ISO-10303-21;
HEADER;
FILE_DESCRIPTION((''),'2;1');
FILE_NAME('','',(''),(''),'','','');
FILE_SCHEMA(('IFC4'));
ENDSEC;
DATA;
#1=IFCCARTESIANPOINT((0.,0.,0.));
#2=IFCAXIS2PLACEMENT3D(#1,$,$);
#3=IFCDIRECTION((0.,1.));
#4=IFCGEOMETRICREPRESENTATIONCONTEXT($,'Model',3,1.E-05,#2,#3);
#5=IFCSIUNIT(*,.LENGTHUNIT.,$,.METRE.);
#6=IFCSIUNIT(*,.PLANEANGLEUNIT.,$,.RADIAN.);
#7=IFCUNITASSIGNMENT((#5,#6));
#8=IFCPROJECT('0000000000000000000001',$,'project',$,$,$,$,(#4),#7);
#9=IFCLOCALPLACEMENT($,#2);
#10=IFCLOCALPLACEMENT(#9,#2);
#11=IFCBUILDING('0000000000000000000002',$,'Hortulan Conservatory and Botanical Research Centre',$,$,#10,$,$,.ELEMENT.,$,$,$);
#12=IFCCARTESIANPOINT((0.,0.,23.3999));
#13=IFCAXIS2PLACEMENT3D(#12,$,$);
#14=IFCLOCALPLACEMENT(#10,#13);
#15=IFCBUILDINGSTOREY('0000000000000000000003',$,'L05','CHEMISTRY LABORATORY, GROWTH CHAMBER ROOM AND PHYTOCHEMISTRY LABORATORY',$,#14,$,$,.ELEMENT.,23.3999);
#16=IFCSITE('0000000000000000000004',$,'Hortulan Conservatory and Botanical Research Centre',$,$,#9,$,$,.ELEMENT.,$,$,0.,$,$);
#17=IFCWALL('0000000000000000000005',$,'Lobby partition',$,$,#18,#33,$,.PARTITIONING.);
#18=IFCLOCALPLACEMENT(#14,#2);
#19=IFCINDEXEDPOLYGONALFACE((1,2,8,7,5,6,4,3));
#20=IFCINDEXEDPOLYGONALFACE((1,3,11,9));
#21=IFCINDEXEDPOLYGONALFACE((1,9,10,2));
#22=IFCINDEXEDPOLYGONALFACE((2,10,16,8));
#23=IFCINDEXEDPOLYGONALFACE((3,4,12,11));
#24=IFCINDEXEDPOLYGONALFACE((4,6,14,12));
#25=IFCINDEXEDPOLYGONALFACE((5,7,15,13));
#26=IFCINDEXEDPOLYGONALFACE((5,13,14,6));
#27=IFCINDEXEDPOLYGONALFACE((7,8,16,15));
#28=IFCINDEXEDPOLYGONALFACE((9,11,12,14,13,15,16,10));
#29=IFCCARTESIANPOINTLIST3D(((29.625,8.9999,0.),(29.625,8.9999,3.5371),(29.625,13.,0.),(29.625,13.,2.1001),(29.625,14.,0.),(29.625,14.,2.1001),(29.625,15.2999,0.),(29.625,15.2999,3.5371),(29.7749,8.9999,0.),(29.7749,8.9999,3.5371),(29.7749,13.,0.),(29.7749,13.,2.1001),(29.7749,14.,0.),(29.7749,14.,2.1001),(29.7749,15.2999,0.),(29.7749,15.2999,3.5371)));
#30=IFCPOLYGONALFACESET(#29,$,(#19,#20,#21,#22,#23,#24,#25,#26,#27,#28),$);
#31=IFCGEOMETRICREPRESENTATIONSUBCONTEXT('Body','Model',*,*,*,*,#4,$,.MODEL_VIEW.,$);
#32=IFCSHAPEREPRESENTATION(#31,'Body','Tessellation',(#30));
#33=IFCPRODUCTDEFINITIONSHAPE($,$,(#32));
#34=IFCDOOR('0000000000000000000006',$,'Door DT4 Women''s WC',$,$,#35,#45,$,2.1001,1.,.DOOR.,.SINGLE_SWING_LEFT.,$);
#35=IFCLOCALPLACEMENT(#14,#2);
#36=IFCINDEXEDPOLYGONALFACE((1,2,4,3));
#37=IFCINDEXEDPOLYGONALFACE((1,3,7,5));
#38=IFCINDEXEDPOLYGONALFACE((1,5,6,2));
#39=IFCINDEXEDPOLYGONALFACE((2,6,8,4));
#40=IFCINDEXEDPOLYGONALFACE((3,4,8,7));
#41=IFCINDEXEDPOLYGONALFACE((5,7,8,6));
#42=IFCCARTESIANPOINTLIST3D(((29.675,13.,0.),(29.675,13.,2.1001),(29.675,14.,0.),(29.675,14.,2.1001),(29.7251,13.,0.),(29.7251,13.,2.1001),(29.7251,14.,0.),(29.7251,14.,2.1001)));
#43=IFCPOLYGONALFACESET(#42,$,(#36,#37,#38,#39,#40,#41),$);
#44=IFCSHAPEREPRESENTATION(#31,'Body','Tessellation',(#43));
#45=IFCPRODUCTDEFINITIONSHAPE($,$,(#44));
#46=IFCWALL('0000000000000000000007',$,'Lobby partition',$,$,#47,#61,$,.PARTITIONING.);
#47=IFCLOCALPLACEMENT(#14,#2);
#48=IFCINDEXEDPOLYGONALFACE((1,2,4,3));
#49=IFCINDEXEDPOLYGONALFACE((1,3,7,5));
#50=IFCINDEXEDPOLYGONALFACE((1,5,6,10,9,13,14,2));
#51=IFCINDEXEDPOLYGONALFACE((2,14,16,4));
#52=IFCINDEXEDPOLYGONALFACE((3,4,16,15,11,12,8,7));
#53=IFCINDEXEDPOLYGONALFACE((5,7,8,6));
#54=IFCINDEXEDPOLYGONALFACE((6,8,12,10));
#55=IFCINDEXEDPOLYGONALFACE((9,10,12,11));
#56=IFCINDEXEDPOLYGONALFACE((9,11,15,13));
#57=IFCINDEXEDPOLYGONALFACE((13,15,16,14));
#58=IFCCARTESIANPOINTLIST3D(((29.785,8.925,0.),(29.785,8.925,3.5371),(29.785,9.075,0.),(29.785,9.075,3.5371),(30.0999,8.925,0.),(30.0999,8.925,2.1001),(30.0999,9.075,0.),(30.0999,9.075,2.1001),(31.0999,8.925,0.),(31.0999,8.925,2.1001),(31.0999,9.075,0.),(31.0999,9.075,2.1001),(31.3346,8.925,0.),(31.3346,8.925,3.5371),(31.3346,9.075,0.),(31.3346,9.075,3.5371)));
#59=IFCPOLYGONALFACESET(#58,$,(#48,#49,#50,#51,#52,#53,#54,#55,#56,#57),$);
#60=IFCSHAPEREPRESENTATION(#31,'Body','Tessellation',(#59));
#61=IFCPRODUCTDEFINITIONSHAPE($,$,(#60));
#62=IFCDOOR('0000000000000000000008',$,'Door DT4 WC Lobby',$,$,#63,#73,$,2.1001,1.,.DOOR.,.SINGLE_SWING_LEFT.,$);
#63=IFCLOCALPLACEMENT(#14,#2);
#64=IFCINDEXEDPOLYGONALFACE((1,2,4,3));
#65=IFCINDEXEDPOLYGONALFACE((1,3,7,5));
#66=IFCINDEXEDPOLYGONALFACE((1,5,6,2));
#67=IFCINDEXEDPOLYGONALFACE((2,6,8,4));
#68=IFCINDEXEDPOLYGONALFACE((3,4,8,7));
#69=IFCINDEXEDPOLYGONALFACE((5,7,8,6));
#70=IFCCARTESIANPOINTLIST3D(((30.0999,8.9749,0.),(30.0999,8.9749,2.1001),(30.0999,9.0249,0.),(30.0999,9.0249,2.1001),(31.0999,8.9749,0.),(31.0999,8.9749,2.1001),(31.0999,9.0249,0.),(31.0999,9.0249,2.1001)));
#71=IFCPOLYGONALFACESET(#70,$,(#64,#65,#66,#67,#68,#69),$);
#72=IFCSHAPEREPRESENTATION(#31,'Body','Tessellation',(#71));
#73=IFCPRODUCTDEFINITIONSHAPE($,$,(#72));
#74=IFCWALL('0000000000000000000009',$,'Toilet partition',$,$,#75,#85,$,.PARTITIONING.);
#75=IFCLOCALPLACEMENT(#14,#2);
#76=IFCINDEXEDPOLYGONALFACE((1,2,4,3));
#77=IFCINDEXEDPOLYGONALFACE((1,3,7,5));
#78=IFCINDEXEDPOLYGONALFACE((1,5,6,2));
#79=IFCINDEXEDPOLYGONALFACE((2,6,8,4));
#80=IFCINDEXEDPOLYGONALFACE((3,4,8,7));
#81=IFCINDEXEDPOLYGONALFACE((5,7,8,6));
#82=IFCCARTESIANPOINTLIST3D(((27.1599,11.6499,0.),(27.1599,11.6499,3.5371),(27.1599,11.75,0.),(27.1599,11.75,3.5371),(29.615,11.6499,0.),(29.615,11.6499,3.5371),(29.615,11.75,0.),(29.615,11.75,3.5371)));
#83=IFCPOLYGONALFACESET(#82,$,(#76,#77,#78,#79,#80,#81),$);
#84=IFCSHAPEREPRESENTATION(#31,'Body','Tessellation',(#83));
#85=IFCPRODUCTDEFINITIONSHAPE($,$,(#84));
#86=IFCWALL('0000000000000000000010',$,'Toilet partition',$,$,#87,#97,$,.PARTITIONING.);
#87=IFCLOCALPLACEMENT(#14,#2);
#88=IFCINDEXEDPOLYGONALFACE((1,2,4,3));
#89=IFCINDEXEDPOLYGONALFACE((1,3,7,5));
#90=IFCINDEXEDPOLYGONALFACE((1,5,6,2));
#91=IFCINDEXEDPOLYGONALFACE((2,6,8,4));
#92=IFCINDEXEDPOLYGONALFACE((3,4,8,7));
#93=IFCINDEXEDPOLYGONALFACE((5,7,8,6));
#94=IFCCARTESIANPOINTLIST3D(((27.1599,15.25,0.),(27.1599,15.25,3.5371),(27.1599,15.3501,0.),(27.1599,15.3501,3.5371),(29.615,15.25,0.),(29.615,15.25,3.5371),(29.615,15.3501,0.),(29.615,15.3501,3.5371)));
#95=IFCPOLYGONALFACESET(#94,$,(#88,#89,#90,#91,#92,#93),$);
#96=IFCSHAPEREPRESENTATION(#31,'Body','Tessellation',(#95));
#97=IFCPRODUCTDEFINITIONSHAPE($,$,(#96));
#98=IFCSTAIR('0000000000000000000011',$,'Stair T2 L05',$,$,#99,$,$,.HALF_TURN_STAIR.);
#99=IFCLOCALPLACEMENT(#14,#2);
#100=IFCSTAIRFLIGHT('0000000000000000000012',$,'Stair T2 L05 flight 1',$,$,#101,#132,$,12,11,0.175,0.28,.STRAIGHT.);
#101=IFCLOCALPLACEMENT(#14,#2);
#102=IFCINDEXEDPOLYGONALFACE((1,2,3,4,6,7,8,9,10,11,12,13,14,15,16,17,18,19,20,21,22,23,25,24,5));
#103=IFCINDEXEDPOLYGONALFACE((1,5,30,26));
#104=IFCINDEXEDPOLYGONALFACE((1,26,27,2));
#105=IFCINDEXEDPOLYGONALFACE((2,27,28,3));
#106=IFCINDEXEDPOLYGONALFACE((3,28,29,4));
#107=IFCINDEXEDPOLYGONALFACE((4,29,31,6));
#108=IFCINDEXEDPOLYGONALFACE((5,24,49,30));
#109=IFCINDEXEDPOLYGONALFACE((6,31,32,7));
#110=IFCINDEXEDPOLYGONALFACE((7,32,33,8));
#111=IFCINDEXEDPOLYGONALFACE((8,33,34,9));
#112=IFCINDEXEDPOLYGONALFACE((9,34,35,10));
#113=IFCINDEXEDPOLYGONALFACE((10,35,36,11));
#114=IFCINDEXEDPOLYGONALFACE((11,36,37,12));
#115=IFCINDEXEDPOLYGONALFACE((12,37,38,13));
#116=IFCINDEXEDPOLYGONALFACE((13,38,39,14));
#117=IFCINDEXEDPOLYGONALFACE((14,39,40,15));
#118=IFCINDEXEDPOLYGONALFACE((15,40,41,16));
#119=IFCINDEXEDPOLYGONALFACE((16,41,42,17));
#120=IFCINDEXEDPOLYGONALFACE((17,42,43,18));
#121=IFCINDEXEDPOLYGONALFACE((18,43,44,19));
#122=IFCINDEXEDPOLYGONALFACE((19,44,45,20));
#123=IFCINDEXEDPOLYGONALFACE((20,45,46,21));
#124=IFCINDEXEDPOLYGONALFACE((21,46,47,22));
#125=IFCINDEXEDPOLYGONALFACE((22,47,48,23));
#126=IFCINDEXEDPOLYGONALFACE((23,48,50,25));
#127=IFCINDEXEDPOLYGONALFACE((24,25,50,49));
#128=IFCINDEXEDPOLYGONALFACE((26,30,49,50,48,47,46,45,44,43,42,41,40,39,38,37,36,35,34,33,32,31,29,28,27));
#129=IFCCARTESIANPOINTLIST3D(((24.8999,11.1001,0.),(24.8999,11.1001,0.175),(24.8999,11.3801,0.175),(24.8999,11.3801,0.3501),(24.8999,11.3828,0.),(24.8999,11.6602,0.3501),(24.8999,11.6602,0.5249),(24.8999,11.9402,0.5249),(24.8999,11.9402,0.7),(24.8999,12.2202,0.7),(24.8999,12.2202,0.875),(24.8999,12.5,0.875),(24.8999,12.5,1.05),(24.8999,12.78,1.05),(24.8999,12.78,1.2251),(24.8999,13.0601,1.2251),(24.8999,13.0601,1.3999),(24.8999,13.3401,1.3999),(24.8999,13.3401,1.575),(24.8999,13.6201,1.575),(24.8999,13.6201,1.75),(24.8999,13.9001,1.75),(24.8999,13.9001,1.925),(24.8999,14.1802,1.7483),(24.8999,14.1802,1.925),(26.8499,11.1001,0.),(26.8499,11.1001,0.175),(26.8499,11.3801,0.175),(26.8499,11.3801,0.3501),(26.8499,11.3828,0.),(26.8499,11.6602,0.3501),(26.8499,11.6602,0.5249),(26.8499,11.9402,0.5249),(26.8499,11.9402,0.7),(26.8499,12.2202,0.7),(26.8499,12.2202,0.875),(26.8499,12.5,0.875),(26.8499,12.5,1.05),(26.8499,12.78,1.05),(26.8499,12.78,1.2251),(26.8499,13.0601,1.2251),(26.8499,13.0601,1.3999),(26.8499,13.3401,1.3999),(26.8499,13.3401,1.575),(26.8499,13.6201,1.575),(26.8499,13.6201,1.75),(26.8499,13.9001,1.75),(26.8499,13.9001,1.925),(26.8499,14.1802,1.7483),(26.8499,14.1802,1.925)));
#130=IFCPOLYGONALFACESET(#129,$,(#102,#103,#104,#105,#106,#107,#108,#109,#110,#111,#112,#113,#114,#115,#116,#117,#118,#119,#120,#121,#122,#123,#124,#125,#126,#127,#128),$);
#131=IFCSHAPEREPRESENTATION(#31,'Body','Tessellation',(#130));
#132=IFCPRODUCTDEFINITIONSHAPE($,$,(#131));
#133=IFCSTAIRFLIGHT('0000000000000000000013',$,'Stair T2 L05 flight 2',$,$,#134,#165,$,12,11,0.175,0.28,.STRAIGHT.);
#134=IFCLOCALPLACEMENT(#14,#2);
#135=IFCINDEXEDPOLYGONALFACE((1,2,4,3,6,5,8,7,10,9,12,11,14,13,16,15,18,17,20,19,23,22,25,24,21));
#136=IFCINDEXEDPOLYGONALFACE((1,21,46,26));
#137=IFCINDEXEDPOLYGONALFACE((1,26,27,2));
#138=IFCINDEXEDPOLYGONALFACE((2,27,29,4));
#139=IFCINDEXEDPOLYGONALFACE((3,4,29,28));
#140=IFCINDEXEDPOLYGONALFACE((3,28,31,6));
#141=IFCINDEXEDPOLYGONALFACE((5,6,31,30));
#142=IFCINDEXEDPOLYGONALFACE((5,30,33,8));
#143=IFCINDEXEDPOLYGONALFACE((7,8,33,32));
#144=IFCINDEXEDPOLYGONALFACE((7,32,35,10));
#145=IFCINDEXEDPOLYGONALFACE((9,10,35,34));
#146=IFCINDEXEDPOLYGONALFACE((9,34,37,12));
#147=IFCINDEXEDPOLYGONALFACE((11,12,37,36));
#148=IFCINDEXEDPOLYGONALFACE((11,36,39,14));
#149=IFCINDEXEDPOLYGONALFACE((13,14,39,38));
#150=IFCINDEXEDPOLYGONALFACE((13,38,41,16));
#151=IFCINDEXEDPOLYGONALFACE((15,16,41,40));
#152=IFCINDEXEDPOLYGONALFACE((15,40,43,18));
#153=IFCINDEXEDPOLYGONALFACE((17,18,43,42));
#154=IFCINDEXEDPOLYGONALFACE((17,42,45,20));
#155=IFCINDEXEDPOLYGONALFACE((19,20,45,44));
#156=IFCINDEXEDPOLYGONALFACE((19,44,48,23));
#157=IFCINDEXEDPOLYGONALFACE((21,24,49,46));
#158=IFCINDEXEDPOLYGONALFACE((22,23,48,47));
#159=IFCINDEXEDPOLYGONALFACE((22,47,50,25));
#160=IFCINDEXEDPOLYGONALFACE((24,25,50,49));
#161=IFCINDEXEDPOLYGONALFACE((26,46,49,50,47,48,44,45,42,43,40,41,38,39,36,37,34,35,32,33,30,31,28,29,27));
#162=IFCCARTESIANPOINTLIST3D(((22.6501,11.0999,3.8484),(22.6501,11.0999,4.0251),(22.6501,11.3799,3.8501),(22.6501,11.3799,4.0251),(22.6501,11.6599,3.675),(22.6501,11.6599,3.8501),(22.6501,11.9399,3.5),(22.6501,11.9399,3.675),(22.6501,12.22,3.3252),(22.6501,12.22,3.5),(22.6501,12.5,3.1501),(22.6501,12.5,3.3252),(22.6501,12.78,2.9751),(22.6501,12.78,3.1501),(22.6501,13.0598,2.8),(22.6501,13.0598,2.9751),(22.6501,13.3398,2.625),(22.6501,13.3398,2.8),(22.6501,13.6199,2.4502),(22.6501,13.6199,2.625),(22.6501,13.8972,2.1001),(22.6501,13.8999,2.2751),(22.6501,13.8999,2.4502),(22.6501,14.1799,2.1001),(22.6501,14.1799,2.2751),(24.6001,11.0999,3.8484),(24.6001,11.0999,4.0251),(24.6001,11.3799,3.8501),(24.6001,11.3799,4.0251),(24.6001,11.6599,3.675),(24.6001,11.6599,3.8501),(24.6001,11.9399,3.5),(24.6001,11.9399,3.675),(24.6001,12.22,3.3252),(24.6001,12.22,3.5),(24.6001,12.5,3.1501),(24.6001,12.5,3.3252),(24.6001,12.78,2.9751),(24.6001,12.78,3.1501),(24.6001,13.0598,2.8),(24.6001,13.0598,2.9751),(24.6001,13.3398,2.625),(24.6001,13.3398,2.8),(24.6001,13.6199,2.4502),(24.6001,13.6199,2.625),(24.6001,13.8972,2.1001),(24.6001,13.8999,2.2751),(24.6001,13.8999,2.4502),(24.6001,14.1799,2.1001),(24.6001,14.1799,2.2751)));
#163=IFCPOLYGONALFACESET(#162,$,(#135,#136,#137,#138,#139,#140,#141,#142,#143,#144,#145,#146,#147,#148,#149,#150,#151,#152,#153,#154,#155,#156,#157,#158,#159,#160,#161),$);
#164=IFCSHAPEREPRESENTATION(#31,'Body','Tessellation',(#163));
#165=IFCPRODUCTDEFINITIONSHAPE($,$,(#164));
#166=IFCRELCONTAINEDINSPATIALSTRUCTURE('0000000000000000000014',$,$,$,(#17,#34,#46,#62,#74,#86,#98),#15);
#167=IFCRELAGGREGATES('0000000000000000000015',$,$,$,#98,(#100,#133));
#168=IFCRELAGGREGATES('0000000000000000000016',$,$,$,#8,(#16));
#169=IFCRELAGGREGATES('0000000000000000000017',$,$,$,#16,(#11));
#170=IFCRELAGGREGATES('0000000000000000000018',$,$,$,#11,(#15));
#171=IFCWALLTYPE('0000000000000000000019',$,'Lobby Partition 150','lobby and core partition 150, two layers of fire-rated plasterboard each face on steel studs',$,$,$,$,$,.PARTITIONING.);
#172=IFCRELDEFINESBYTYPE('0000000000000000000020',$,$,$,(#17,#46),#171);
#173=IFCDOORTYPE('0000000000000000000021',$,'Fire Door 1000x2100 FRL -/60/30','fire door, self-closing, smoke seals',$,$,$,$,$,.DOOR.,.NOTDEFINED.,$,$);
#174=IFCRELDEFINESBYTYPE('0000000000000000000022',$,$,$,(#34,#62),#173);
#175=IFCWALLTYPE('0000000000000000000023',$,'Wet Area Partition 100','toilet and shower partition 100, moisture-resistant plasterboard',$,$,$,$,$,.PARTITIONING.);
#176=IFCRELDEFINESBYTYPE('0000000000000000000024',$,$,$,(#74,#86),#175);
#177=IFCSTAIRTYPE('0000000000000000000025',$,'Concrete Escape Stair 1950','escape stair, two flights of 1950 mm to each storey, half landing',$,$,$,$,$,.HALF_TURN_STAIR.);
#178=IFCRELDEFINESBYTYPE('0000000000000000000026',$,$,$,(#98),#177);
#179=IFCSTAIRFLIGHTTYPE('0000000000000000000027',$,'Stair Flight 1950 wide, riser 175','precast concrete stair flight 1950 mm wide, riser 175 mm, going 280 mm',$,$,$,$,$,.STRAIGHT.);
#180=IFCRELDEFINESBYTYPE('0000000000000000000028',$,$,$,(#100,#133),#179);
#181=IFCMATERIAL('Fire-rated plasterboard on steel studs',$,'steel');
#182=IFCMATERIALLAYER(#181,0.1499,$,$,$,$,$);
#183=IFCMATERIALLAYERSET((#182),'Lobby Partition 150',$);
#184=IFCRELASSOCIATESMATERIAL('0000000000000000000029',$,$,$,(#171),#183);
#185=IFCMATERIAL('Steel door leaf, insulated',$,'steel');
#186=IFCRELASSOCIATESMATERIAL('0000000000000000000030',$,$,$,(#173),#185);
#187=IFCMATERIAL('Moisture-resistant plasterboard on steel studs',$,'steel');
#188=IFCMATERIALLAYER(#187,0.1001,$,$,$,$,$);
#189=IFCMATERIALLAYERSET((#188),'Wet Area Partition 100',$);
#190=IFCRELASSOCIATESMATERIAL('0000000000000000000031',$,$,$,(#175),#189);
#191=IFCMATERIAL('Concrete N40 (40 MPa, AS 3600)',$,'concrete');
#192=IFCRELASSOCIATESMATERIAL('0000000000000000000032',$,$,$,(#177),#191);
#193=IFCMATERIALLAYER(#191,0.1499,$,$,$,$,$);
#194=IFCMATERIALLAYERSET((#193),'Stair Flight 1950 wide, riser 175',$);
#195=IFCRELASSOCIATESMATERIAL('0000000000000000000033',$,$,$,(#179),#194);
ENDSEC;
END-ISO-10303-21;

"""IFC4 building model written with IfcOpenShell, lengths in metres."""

from ifc_helpers import new_model, si_unit, direction, frame, frame_2d, origin, place, context, subcontext, project, spatial, polyline, rectangle, outline, extrude, material, layer, layer_set, type_object, element, fill, aggregate, save


model = new_model("IFC4")

# Units and contexts
model_context = context("Model", 3, precision=1e-05, world=origin(), true_north=direction((0.0, 1.0)))
body_context = subcontext(model_context, "Body", "Model", "MODEL_VIEW")
ifc_project = project(units=[si_unit("LENGTHUNIT", "METRE"), si_unit("PLANEANGLEUNIT", "RADIAN")], contexts=[model_context])

# Site, building, storey
site_placement = place(None, origin())
site = spatial("IfcSite", under=ifc_project, at=site_placement, Name="Hortulan Conservatory and Botanical Research Centre", CompositionType="ELEMENT", RefElevation=0.0)
building_placement = place(site_placement, origin())
building = spatial("IfcBuilding", under=site, at=building_placement, Name="Hortulan Conservatory and Botanical Research Centre", CompositionType="ELEMENT")
storey_placement = place(building_placement, frame((0.0, 0.0, 23.3999)))
storey = spatial("IfcBuildingStorey", under=building, at=storey_placement, Name="L05", Description="CHEMISTRY LABORATORY, GROWTH CHAMBER ROOM AND PHYTOCHEMISTRY LABORATORY", CompositionType="ELEMENT", Elevation=23.3999)

# Shared definitions
ifc_material_1 = material(Name="Steel door leaf, insulated", Category="steel")

# Walls, openings, doors
ifc_material_2 = material(Name="Fire-rated plasterboard on steel studs", Category="steel")
ifc_layer_1 = layer(ifc_material_2, 0.1499)
ifc_layer_set_1 = layer_set([ifc_layer_1], Name="Lobby Partition 150")
wall_type_1 = type_object("IfcWallType", Name="Lobby Partition 150", Description="lobby and core partition 150, two layers of fire-rated plasterboard each face on steel studs", PredefinedType="PARTITIONING", material=ifc_layer_set_1)
wall_1_placement = place(storey_placement, frame((29.7, 9.0, 0.0), z_axis=(0.0, 0.0, 1.0), x_axis=(0.0, 1.0, 0.0)))
wall_1 = element("IfcWall", 1, at=wall_1_placement, inside=storey, type_object=wall_type_1, Name="Lobby partition", PredefinedType="PARTITIONING", context=body_context, shape_type="SweptSolid", body=[
    extrude(rectangle(XDim=6.3, YDim=0.1499, at=frame_2d((3.1499, 0.0))), origin(), (0.0, 0.0, 1.0), 3.5371),
])
opening_1_placement = place(wall_1_placement, frame((4.0, 0.0, 0.0)))
opening_1 = element("IfcOpeningElement", 2, at=opening_1_placement, cuts=wall_1, PredefinedType="OPENING", context=body_context, shape_type="SweptSolid", body=[
    extrude(rectangle(XDim=1.0, YDim=2.1001, at=frame_2d((0.5, 1.05))), frame((0.0, 0.085, 0.0), z_axis=(0.0, -1.0, 0.0), x_axis=(1.0, 0.0, 0.0)), (0.0, 0.0, 1.0), 0.1699),
])
door_type_1 = type_object("IfcDoorType", Name="Fire Door 1000x2100 FRL -/60/30", Description="fire door, self-closing, smoke seals", OperationType="NOTDEFINED", PredefinedType="DOOR", material=ifc_material_1)
door_1_placement = place(opening_1_placement, origin())
door_1 = element("IfcDoor", 3, at=door_1_placement, inside=storey, type_object=door_type_1, Name="Door DT4 Women's WC", OperationType="SINGLE_SWING_LEFT", OverallHeight=2.1001, OverallWidth=1.0, PredefinedType="DOOR", context=body_context, shape_type="SweptSolid", body=[
    extrude(rectangle(XDim=1.0, YDim=2.1001, at=frame_2d((0.5, 1.05))), frame((0.0, 0.0249, 0.0), z_axis=(0.0, -1.0, 0.0), x_axis=(1.0, 0.0, 0.0)), (0.0, 0.0, 1.0), 0.05),
])
fill(opening_1, door_1)
wall_2_placement = place(storey_placement, frame((29.7849, 9.0, 0.0), z_axis=(0.0, 0.0, 1.0), x_axis=(1.0, 0.0, 0.0)))
wall_2 = element("IfcWall", 4, at=wall_2_placement, inside=storey, type_object=wall_type_1, Name="Lobby partition", PredefinedType="PARTITIONING", context=body_context, shape_type="SweptSolid", body=[
    extrude(rectangle(XDim=1.5496, YDim=0.1499, at=frame_2d((0.7749, 0.0))), origin(), (0.0, 0.0, 1.0), 3.5371),
])
opening_2_placement = place(wall_2_placement, frame((0.3149, 0.0, 0.0)))
opening_2 = element("IfcOpeningElement", 5, at=opening_2_placement, cuts=wall_2, PredefinedType="OPENING", context=body_context, shape_type="SweptSolid", body=[
    extrude(rectangle(XDim=1.0, YDim=2.1001, at=frame_2d((0.5, 1.05))), frame((0.0, 0.085, 0.0), z_axis=(0.0, -1.0, 0.0), x_axis=(1.0, 0.0, 0.0)), (0.0, 0.0, 1.0), 0.1699),
])
door_2_placement = place(opening_2_placement, origin())
door_2 = element("IfcDoor", 6, at=door_2_placement, inside=storey, type_object=door_type_1, Name="Door DT4 WC Lobby", OperationType="SINGLE_SWING_LEFT", OverallHeight=2.1001, OverallWidth=1.0, PredefinedType="DOOR", context=body_context, shape_type="SweptSolid", body=[
    extrude(rectangle(XDim=1.0, YDim=2.1001, at=frame_2d((0.5, 1.05))), frame((0.0, 0.0249, 0.0), z_axis=(0.0, -1.0, 0.0), x_axis=(1.0, 0.0, 0.0)), (0.0, 0.0, 1.0), 0.05),
])
fill(opening_2, door_2)

# Walls
ifc_material_3 = material(Name="Moisture-resistant plasterboard on steel studs", Category="steel")
ifc_layer_2 = layer(ifc_material_3, 0.1001)
ifc_layer_set_2 = layer_set([ifc_layer_2], Name="Wet Area Partition 100")
wall_type_2 = type_object("IfcWallType", Name="Wet Area Partition 100", Description="toilet and shower partition 100, moisture-resistant plasterboard", PredefinedType="PARTITIONING", material=ifc_layer_set_2)
for number, where, z_axis, x_axis, name in (
    (7, (27.1599, 11.7, 0.0), (0.0, 0.0, 1.0), (1.0, 0.0, 0.0), "Toilet partition"),
    (8, (27.1599, 15.3, 0.0), (0.0, 0.0, 1.0), (1.0, 0.0, 0.0), "Toilet partition"),
):
    element("IfcWall", number, at=place(storey_placement, frame(where, z_axis=z_axis, x_axis=x_axis)), inside=storey, type_object=wall_type_2, Name=name, PredefinedType="PARTITIONING", context=body_context, shape_type="SweptSolid", body=[
        extrude(rectangle(XDim=2.4551, YDim=0.1001, at=frame_2d((1.2275, 0.0))), origin(), (0.0, 0.0, 1.0), 3.5371),
    ])

# Stair, stair flights
ifc_material_4 = material(Name="Concrete N40 (40 MPa, AS 3600)", Category="concrete")
stair_type = type_object("IfcStairType", Name="Concrete Escape Stair 1950", Description="escape stair, two flights of 1950 mm to each storey, half landing", PredefinedType="HALF_TURN_STAIR", material=ifc_material_4)
stair_placement = place(storey_placement, origin())
stair = element("IfcStair", 9, at=stair_placement, inside=storey, type_object=stair_type, Name="Stair T2 L05", PredefinedType="HALF_TURN_STAIR")
ifc_layer_3 = layer(ifc_material_4, 0.1499)
ifc_layer_set_3 = layer_set([ifc_layer_3], Name="Stair Flight 1950 wide, riser 175")
stair_flight_type = type_object("IfcStairFlightType", Name="Stair Flight 1950 wide, riser 175", Description="precast concrete stair flight 1950 mm wide, riser 175 mm, going 280 mm", PredefinedType="STRAIGHT", material=ifc_layer_set_3)
stair_flight_1_placement = place(storey_placement, frame((25.875, 11.1001, 0.0), z_axis=(0.0, 0.0, 1.0), x_axis=(0.0, 1.0, 0.0)))
stair_flight_1 = element("IfcStairFlight", 10, at=stair_flight_1_placement, type_object=stair_flight_type, Name="Stair T2 L05 flight 1", NumberOfRisers=12, NumberOfTreads=11, PredefinedType="STRAIGHT", RiserHeight=0.175, TreadLength=0.28, context=body_context, shape_type="SweptSolid", body=[
    extrude(outline(polyline([(0.0, 0.0), (0.0, 0.175), (0.28, 0.175), (0.28, 0.3501), (0.5601, 0.3501), (0.5601, 0.5249), (0.8401, 0.5249), (0.8401, 0.7), (1.1201, 0.7), (1.1201, 0.875), (1.3999, 0.875), (1.3999, 1.05), (1.6799, 1.05), (1.6799, 1.2251), (1.96, 1.2251), (1.96, 1.3999), (2.24, 1.3999), (2.24, 1.575), (2.52, 1.575), (2.52, 1.75), (2.8, 1.75), (2.8, 1.925), (3.0801, 1.925), (3.0801, 2.1001), (3.0801, 1.7483), (0.2827, 0.0), (0.0, 0.0)])), frame((0.0, 0.9751, 0.0), z_axis=(0.0, -1.0, 0.0), x_axis=(1.0, 0.0, 0.0)), (0.0, 0.0, 1.0), 1.95),
])
stair_flight_2_placement = place(storey_placement, frame((23.625, 14.1799, 2.1001), z_axis=(0.0, 0.0, 1.0), x_axis=(0.0, -1.0, 0.0)))
stair_flight_2 = element("IfcStairFlight", 11, at=stair_flight_2_placement, type_object=stair_flight_type, Name="Stair T2 L05 flight 2", NumberOfRisers=12, NumberOfTreads=11, PredefinedType="STRAIGHT", RiserHeight=0.175, TreadLength=0.28, context=body_context, shape_type="SweptSolid", body=[
    extrude(outline(polyline([(0.0, 0.0), (0.0, 0.175), (0.28, 0.175), (0.28, 0.3501), (0.5601, 0.3501), (0.5601, 0.5249), (0.8401, 0.5249), (0.8401, 0.7), (1.1201, 0.7), (1.1201, 0.875), (1.3999, 0.875), (1.3999, 1.05), (1.6799, 1.05), (1.6799, 1.2251), (1.96, 1.2251), (1.96, 1.3999), (2.24, 1.3999), (2.24, 1.575), (2.52, 1.575), (2.52, 1.75), (2.8, 1.75), (2.8, 1.925), (3.0801, 1.925), (3.0801, 2.1001), (3.0801, 1.7483), (0.2827, 0.0), (0.0, 0.0)])), frame((0.0, 0.9751, 0.0), z_axis=(0.0, -1.0, 0.0), x_axis=(1.0, 0.0, 0.0)), (0.0, 0.0, 1.0), 1.95),
])
aggregate(stair, [stair_flight_1, stair_flight_2])

save(model, "model.ifc")
